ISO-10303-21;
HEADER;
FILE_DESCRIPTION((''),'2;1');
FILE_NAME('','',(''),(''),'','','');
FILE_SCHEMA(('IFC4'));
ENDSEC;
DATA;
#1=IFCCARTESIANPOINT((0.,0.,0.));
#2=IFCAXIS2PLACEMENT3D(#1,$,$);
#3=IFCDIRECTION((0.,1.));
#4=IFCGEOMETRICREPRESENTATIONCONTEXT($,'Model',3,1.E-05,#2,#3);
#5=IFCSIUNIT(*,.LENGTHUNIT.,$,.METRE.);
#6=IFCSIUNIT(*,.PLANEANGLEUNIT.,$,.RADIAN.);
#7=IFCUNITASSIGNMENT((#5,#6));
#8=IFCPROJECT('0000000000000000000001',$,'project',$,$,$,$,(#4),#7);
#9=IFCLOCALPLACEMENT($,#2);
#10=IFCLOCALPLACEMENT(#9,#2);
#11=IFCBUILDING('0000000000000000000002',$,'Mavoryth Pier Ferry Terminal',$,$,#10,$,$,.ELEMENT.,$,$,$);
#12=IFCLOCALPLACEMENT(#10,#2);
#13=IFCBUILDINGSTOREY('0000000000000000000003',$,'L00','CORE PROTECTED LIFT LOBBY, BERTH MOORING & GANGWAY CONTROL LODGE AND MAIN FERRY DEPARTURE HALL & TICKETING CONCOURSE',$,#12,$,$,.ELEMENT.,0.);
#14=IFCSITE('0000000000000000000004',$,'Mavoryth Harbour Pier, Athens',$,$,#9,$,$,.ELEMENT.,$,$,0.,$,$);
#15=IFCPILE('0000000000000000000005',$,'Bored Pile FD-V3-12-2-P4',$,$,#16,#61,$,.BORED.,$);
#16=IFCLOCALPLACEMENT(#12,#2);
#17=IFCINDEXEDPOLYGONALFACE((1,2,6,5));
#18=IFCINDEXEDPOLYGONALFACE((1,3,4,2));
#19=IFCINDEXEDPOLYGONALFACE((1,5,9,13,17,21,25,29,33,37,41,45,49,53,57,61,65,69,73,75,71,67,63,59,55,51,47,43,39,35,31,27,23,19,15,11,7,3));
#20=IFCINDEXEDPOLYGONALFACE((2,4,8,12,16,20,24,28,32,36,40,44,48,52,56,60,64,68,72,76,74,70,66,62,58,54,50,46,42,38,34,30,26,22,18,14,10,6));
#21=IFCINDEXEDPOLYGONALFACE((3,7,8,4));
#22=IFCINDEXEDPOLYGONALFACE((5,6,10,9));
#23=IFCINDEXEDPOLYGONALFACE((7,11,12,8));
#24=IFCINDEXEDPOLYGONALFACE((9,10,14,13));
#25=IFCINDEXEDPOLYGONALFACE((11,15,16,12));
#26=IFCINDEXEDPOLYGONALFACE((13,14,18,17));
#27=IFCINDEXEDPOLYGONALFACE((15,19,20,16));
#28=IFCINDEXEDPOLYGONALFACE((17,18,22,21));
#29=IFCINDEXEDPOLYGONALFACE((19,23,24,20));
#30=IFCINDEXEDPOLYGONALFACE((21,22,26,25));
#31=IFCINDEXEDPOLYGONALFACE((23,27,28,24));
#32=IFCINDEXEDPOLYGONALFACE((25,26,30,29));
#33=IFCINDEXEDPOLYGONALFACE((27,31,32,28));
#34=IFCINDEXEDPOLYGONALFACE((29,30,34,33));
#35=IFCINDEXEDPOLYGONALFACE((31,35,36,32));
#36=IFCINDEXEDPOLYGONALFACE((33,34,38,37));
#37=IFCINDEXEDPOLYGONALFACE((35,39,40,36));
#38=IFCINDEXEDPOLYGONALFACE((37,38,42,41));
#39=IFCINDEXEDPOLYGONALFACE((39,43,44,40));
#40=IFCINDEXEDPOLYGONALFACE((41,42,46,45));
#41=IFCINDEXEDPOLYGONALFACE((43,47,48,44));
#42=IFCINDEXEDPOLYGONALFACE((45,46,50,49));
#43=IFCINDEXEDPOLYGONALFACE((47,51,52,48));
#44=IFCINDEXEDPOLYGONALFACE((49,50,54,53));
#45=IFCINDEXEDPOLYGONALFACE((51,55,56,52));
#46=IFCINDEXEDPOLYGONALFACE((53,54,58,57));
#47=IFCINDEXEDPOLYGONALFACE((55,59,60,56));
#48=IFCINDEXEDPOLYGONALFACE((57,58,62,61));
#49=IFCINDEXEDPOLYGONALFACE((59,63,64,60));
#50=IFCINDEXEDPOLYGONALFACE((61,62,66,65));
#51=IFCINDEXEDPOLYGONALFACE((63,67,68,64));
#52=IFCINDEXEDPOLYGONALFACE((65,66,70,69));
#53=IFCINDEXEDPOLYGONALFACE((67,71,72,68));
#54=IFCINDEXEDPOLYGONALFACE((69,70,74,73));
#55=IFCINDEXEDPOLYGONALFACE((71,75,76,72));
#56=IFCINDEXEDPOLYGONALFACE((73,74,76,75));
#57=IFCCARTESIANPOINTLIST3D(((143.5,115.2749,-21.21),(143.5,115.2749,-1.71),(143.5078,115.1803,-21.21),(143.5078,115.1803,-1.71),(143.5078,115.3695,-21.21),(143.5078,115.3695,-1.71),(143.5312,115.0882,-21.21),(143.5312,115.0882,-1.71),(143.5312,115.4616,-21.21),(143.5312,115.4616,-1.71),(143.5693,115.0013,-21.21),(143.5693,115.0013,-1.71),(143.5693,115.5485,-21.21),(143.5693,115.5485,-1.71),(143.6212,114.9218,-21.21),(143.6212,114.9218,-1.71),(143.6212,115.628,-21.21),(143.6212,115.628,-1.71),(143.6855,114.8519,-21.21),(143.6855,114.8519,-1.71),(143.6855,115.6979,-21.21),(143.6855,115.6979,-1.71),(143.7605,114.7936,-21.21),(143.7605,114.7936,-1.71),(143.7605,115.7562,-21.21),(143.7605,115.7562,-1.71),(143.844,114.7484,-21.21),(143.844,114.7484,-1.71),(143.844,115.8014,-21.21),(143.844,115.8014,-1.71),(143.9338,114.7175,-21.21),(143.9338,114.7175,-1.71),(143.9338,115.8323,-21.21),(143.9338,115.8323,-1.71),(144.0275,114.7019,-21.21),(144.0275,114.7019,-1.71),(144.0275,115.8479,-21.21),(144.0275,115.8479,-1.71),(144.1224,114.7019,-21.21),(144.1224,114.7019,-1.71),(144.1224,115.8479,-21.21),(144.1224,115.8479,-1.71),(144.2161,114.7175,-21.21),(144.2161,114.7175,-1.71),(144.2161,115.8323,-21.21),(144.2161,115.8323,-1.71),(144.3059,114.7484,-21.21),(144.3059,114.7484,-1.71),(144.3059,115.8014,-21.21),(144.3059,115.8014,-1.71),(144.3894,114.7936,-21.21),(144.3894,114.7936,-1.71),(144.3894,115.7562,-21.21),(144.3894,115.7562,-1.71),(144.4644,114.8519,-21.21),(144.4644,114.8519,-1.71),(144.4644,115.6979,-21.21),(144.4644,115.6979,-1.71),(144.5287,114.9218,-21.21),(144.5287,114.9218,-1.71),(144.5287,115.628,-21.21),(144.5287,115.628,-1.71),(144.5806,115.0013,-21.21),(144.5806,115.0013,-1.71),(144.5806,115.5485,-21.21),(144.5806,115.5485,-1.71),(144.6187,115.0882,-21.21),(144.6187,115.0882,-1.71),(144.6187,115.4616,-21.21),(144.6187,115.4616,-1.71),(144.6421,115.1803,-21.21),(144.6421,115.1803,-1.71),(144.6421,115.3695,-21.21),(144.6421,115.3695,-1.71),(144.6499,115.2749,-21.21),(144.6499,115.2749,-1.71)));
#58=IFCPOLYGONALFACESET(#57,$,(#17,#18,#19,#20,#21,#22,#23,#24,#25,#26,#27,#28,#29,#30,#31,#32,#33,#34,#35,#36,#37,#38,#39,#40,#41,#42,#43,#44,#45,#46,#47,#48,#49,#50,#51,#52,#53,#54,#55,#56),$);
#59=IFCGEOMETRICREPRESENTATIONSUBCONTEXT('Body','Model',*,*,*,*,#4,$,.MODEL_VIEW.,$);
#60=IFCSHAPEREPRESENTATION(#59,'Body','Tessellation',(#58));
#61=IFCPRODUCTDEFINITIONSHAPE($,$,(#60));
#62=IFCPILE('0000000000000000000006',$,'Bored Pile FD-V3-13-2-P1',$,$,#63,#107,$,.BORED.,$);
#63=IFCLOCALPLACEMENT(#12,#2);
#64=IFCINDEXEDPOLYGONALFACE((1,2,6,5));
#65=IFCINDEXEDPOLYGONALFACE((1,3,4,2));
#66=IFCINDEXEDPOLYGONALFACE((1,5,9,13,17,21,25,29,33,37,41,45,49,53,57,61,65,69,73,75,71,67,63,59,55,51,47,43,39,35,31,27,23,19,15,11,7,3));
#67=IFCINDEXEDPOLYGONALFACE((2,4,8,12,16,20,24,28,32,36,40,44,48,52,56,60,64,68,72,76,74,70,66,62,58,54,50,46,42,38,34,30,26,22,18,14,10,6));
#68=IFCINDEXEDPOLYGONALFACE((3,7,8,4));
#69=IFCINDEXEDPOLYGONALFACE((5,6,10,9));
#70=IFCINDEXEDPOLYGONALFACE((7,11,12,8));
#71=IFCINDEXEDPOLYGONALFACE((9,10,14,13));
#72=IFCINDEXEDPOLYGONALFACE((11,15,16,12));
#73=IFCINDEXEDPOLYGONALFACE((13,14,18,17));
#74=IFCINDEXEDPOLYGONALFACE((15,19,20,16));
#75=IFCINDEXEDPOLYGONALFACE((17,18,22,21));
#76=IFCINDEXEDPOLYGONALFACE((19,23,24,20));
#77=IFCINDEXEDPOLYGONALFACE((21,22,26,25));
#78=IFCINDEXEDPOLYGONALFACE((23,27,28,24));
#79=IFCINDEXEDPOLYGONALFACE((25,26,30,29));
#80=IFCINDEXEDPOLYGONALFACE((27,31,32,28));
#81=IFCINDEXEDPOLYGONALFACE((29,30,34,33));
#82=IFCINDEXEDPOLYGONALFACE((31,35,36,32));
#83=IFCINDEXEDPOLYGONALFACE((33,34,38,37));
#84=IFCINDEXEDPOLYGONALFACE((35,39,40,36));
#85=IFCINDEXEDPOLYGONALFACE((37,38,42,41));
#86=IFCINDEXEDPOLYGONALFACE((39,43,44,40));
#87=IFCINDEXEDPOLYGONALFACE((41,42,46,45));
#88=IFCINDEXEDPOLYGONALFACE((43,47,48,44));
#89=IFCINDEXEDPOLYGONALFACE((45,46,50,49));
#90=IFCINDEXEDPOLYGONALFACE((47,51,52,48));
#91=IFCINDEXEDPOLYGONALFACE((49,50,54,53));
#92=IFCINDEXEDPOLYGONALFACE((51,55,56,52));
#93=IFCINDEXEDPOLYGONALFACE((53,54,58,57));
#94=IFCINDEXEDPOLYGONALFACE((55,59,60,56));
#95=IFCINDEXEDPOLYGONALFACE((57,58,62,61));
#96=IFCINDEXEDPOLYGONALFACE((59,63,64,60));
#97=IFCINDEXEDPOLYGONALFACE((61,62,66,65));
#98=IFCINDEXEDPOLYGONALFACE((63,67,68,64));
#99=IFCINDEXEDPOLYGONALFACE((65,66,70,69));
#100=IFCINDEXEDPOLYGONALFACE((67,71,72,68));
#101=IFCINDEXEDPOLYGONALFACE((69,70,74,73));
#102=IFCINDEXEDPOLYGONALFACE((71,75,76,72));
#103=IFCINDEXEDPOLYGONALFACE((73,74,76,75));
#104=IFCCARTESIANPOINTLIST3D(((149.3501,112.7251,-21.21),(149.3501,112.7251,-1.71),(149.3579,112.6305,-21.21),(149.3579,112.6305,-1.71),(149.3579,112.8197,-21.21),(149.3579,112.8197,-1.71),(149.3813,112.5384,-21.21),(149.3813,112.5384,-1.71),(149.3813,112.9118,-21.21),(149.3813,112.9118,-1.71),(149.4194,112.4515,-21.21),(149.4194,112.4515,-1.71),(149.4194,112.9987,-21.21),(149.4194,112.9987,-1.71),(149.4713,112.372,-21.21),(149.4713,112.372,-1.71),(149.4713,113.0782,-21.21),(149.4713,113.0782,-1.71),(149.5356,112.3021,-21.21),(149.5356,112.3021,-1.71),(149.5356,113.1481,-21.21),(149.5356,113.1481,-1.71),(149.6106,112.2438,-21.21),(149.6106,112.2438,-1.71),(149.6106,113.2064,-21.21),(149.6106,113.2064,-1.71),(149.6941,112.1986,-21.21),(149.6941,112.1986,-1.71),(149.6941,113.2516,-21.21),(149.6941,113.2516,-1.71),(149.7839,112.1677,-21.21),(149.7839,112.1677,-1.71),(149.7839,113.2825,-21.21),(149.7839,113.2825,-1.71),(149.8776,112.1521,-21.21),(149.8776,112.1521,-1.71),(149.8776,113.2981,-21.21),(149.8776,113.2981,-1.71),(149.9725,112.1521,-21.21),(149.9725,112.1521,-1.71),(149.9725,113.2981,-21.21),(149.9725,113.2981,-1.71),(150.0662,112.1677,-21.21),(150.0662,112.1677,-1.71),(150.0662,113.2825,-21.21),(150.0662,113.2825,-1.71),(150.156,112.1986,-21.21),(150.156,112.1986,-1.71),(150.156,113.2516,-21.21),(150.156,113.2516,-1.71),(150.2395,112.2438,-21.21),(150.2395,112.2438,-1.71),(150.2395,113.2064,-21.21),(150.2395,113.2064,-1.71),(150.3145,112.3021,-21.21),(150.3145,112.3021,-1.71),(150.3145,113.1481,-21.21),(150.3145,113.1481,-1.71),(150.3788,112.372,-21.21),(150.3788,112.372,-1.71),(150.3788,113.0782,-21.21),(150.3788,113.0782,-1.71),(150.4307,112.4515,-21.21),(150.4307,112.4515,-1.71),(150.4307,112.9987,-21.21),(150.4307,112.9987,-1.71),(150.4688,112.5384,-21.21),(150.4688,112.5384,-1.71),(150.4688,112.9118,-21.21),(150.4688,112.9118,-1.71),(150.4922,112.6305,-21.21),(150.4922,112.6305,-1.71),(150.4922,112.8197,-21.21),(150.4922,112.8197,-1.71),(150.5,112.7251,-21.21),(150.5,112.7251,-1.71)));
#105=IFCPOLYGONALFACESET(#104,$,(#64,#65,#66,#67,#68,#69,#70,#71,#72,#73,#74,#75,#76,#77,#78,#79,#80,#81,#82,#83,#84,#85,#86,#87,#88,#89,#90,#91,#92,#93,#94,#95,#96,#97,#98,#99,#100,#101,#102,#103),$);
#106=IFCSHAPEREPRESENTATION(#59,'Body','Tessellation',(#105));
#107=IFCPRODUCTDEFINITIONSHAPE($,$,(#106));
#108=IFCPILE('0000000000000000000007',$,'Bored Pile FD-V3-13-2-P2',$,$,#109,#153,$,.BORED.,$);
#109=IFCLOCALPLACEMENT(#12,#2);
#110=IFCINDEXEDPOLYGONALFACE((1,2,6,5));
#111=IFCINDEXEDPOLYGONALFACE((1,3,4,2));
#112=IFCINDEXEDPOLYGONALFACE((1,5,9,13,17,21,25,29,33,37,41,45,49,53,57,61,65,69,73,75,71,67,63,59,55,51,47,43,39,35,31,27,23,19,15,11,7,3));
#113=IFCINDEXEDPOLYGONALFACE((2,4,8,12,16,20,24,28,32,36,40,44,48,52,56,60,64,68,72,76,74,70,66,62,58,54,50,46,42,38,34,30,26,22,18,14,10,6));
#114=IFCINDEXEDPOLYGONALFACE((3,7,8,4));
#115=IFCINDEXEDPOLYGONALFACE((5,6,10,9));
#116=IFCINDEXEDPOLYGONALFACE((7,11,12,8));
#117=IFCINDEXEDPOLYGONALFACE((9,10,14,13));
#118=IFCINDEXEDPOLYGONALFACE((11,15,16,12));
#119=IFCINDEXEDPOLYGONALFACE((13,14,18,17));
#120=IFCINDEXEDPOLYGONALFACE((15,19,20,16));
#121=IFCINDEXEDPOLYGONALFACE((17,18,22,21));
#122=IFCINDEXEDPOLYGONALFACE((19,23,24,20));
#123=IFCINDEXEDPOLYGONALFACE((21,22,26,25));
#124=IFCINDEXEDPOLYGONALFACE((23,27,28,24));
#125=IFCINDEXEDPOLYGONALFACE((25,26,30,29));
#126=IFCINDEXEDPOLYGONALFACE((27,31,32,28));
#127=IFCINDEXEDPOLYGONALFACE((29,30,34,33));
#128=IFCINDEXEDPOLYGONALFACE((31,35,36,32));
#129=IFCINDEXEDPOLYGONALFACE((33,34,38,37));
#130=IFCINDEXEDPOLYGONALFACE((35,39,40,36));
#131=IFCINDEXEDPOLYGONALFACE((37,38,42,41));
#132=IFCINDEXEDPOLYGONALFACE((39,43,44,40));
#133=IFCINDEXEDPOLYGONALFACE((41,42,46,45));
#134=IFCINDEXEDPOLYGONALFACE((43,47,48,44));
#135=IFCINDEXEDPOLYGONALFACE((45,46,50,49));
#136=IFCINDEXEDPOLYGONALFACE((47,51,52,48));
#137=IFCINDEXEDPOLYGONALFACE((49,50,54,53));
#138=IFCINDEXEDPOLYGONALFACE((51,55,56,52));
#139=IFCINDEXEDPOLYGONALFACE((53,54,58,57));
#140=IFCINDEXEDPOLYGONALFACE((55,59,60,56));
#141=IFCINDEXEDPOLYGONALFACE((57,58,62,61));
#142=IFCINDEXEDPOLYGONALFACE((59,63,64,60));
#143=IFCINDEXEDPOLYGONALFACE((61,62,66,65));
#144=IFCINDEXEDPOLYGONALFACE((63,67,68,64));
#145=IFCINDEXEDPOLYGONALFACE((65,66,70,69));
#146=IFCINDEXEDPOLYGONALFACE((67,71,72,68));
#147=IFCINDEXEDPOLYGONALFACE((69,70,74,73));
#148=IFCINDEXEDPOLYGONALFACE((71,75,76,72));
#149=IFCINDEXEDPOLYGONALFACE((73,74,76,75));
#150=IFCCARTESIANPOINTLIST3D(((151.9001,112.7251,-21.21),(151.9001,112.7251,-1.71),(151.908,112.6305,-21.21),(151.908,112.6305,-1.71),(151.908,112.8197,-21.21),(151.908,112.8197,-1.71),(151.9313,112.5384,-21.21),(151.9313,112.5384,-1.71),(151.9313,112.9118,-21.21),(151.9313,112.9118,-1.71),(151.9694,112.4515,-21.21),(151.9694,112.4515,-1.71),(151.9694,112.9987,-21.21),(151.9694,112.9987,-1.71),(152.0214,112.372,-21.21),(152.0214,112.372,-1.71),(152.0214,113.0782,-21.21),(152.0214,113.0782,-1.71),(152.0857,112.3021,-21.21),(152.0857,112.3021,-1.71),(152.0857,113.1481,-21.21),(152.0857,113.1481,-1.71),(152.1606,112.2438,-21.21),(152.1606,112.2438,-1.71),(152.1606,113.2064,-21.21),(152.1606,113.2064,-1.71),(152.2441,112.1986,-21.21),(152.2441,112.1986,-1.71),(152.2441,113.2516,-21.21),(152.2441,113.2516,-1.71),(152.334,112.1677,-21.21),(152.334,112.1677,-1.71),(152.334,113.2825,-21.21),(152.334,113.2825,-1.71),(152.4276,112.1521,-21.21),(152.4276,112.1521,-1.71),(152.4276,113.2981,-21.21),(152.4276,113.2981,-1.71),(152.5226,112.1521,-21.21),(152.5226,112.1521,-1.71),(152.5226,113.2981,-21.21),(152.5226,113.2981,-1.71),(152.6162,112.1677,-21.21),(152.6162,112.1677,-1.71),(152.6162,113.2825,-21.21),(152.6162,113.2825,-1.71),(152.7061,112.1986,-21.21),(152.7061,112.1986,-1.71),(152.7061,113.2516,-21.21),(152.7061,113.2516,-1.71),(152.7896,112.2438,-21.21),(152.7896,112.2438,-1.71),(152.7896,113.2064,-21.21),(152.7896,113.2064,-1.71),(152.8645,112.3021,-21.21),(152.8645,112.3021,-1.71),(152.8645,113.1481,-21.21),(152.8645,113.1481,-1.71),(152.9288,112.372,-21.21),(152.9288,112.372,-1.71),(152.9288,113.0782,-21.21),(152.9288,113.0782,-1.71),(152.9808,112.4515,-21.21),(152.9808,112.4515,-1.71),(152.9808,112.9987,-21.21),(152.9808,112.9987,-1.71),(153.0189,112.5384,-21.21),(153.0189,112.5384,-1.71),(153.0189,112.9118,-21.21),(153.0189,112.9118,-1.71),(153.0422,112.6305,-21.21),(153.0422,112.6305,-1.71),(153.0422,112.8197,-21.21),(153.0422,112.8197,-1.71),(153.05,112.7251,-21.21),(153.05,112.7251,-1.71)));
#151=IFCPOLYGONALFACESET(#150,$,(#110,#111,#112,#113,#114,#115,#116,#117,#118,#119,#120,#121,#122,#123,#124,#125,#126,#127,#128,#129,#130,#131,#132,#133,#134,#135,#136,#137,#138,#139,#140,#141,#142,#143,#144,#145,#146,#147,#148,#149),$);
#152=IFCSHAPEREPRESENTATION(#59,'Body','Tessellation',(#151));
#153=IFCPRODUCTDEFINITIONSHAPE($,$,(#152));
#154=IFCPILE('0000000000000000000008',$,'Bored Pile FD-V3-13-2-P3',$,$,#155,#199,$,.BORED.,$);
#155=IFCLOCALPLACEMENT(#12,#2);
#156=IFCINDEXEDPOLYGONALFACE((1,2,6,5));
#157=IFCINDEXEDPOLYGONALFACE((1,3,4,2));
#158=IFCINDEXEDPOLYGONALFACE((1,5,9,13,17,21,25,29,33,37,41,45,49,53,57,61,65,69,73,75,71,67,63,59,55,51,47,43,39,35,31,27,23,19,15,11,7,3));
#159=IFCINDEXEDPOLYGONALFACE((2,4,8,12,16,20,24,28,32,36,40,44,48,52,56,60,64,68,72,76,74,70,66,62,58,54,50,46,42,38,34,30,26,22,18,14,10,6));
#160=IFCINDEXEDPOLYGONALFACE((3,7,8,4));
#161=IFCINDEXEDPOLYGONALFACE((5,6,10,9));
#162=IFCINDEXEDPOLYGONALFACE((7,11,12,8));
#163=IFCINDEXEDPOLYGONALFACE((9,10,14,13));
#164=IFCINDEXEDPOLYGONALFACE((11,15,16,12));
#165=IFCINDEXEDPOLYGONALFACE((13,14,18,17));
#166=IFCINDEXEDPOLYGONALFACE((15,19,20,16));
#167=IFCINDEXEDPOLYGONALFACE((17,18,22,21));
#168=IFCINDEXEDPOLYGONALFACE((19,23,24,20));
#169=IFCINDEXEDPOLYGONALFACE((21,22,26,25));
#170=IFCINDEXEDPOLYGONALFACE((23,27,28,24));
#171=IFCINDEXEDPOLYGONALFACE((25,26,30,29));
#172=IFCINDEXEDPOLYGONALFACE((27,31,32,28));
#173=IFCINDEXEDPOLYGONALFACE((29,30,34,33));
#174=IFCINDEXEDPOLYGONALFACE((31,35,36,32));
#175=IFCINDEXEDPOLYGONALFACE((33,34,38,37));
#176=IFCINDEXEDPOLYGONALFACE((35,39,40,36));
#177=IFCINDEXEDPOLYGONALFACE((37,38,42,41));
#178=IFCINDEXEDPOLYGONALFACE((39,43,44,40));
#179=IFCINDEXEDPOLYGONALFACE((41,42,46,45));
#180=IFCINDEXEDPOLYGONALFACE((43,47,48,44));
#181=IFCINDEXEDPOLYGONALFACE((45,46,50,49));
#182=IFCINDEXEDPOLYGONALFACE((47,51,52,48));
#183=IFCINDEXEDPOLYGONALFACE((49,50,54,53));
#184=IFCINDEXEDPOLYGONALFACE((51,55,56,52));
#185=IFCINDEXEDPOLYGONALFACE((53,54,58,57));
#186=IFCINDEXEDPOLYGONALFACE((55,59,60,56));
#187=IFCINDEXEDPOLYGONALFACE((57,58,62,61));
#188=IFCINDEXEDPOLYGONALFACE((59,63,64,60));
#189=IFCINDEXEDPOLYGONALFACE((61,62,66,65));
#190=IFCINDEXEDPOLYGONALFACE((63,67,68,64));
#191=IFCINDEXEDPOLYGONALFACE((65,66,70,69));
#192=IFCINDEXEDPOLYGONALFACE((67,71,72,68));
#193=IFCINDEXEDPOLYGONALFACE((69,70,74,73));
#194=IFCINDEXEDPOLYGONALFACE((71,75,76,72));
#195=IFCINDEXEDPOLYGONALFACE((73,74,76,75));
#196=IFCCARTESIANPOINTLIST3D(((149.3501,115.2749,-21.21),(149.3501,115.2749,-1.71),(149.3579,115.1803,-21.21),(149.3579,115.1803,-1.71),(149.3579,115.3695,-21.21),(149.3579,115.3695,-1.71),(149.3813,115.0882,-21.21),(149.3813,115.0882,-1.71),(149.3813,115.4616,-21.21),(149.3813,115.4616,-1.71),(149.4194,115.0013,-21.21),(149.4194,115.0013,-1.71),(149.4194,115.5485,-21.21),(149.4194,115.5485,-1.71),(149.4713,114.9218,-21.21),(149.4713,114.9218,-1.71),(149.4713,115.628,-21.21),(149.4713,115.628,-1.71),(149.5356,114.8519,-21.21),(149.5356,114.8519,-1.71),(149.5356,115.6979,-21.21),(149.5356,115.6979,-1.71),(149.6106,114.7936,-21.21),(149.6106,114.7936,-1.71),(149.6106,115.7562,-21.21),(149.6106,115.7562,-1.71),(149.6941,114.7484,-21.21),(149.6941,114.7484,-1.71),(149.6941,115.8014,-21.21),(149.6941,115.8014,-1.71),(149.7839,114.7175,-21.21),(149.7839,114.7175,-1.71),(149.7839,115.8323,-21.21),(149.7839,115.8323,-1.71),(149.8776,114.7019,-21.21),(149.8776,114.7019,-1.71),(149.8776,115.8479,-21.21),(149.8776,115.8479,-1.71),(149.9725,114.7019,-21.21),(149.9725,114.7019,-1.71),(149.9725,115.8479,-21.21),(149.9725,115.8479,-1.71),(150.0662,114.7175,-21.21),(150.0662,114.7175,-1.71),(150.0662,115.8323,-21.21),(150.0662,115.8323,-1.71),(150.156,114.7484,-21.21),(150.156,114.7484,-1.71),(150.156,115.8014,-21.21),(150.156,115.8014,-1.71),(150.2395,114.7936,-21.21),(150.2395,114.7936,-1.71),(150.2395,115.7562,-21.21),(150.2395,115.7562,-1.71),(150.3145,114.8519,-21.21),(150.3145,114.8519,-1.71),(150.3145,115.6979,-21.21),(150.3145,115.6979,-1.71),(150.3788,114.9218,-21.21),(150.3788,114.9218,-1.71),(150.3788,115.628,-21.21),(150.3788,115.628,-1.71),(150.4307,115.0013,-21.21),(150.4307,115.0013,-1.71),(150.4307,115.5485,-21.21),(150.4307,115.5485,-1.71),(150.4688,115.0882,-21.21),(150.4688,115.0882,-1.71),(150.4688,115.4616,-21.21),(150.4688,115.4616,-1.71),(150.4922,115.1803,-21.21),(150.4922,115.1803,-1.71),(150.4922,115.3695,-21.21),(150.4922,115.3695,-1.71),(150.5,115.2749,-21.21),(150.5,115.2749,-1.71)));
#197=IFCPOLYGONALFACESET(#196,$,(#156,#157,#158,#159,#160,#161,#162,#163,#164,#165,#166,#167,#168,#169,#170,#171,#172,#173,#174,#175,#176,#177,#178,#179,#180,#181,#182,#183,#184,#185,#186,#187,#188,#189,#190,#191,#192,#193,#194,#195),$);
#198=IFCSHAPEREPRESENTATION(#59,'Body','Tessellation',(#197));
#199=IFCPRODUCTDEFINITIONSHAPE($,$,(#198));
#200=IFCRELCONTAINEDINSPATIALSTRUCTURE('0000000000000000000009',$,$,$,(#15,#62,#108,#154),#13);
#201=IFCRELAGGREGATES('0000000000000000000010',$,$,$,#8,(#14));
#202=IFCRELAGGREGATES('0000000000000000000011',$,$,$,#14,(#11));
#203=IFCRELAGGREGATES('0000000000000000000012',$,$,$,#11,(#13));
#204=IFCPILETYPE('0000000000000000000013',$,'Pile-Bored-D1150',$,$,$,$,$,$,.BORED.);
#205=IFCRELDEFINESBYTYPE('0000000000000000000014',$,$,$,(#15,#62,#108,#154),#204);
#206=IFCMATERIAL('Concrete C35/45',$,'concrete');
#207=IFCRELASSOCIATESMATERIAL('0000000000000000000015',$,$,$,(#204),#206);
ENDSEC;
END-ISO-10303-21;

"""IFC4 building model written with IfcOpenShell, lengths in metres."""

from ifc_helpers import new_model, si_unit, direction, frame, origin, origin_2d, place, context, subcontext, project, spatial, circle, extrude, material, material_profile, profile_set, type_object, element, save


model = new_model("IFC4")

# Units and contexts
model_context = context("Model", 3, precision=1e-05, world=origin(), true_north=direction((0.0, 1.0)))
body_context = subcontext(model_context, "Body", "Model", "MODEL_VIEW")
ifc_project = project(units=[si_unit("LENGTHUNIT", "METRE"), si_unit("PLANEANGLEUNIT", "RADIAN")], contexts=[model_context])

# Site, building, storey
site_placement = place(None, origin())
site = spatial("IfcSite", under=ifc_project, at=site_placement, Name="Mavoryth Harbour Pier, Athens", CompositionType="ELEMENT", RefElevation=0.0)
building_placement = place(site_placement, origin())
building = spatial("IfcBuilding", under=site, at=building_placement, Name="Mavoryth Pier Ferry Terminal", CompositionType="ELEMENT")
storey_placement = place(building_placement, origin())
storey = spatial("IfcBuildingStorey", under=building, at=storey_placement, Name="L00", Description="CORE PROTECTED LIFT LOBBY, BERTH MOORING & GANGWAY CONTROL LODGE AND MAIN FERRY DEPARTURE HALL & TICKETING CONCOURSE", CompositionType="ELEMENT", Elevation=0.0)

# Shared definitions
ifc_material_1 = material(Name="Concrete C35/45", Category="concrete")

# Piles
ifc_material_profile_1 = material_profile(ifc_material_1, circle(Radius=0.575, at=origin_2d()), Name="PILE D1150", Category="concrete")
ifc_profile_set_1 = profile_set([ifc_material_profile_1], Name="Concrete C35/45 - PILE D1150")
pile_type_1 = type_object("IfcPileType", Name="Pile-Bored-D1150", PredefinedType="BORED", material=ifc_profile_set_1)
for number, where, z_axis, x_axis, name in (
    (1, (144.075, 115.2749, -1.71), (0.0, 0.0, -1.0), (1.0, 0.0, 0.0), "Bored Pile FD-V3-12-2-P4"),
    (2, (149.925, 112.7251, -1.71), (0.0, 0.0, -1.0), (1.0, 0.0, 0.0), "Bored Pile FD-V3-13-2-P1"),
    (3, (152.4751, 112.7251, -1.71), (0.0, 0.0, -1.0), (1.0, 0.0, 0.0), "Bored Pile FD-V3-13-2-P2"),
    (4, (149.925, 115.2749, -1.71), (0.0, 0.0, -1.0), (1.0, 0.0, 0.0), "Bored Pile FD-V3-13-2-P3"),
):
    element("IfcPile", number, at=place(storey_placement, frame(where, z_axis=z_axis, x_axis=x_axis)), inside=storey, type_object=pile_type_1, Name=name, PredefinedType="BORED", context=body_context, shape_type="SweptSolid", body=[
        extrude(circle(Radius=0.575, at=origin_2d()), origin(), (0.0, 0.0, 1.0), 19.5),
    ])

save(model, "model.ifc")
